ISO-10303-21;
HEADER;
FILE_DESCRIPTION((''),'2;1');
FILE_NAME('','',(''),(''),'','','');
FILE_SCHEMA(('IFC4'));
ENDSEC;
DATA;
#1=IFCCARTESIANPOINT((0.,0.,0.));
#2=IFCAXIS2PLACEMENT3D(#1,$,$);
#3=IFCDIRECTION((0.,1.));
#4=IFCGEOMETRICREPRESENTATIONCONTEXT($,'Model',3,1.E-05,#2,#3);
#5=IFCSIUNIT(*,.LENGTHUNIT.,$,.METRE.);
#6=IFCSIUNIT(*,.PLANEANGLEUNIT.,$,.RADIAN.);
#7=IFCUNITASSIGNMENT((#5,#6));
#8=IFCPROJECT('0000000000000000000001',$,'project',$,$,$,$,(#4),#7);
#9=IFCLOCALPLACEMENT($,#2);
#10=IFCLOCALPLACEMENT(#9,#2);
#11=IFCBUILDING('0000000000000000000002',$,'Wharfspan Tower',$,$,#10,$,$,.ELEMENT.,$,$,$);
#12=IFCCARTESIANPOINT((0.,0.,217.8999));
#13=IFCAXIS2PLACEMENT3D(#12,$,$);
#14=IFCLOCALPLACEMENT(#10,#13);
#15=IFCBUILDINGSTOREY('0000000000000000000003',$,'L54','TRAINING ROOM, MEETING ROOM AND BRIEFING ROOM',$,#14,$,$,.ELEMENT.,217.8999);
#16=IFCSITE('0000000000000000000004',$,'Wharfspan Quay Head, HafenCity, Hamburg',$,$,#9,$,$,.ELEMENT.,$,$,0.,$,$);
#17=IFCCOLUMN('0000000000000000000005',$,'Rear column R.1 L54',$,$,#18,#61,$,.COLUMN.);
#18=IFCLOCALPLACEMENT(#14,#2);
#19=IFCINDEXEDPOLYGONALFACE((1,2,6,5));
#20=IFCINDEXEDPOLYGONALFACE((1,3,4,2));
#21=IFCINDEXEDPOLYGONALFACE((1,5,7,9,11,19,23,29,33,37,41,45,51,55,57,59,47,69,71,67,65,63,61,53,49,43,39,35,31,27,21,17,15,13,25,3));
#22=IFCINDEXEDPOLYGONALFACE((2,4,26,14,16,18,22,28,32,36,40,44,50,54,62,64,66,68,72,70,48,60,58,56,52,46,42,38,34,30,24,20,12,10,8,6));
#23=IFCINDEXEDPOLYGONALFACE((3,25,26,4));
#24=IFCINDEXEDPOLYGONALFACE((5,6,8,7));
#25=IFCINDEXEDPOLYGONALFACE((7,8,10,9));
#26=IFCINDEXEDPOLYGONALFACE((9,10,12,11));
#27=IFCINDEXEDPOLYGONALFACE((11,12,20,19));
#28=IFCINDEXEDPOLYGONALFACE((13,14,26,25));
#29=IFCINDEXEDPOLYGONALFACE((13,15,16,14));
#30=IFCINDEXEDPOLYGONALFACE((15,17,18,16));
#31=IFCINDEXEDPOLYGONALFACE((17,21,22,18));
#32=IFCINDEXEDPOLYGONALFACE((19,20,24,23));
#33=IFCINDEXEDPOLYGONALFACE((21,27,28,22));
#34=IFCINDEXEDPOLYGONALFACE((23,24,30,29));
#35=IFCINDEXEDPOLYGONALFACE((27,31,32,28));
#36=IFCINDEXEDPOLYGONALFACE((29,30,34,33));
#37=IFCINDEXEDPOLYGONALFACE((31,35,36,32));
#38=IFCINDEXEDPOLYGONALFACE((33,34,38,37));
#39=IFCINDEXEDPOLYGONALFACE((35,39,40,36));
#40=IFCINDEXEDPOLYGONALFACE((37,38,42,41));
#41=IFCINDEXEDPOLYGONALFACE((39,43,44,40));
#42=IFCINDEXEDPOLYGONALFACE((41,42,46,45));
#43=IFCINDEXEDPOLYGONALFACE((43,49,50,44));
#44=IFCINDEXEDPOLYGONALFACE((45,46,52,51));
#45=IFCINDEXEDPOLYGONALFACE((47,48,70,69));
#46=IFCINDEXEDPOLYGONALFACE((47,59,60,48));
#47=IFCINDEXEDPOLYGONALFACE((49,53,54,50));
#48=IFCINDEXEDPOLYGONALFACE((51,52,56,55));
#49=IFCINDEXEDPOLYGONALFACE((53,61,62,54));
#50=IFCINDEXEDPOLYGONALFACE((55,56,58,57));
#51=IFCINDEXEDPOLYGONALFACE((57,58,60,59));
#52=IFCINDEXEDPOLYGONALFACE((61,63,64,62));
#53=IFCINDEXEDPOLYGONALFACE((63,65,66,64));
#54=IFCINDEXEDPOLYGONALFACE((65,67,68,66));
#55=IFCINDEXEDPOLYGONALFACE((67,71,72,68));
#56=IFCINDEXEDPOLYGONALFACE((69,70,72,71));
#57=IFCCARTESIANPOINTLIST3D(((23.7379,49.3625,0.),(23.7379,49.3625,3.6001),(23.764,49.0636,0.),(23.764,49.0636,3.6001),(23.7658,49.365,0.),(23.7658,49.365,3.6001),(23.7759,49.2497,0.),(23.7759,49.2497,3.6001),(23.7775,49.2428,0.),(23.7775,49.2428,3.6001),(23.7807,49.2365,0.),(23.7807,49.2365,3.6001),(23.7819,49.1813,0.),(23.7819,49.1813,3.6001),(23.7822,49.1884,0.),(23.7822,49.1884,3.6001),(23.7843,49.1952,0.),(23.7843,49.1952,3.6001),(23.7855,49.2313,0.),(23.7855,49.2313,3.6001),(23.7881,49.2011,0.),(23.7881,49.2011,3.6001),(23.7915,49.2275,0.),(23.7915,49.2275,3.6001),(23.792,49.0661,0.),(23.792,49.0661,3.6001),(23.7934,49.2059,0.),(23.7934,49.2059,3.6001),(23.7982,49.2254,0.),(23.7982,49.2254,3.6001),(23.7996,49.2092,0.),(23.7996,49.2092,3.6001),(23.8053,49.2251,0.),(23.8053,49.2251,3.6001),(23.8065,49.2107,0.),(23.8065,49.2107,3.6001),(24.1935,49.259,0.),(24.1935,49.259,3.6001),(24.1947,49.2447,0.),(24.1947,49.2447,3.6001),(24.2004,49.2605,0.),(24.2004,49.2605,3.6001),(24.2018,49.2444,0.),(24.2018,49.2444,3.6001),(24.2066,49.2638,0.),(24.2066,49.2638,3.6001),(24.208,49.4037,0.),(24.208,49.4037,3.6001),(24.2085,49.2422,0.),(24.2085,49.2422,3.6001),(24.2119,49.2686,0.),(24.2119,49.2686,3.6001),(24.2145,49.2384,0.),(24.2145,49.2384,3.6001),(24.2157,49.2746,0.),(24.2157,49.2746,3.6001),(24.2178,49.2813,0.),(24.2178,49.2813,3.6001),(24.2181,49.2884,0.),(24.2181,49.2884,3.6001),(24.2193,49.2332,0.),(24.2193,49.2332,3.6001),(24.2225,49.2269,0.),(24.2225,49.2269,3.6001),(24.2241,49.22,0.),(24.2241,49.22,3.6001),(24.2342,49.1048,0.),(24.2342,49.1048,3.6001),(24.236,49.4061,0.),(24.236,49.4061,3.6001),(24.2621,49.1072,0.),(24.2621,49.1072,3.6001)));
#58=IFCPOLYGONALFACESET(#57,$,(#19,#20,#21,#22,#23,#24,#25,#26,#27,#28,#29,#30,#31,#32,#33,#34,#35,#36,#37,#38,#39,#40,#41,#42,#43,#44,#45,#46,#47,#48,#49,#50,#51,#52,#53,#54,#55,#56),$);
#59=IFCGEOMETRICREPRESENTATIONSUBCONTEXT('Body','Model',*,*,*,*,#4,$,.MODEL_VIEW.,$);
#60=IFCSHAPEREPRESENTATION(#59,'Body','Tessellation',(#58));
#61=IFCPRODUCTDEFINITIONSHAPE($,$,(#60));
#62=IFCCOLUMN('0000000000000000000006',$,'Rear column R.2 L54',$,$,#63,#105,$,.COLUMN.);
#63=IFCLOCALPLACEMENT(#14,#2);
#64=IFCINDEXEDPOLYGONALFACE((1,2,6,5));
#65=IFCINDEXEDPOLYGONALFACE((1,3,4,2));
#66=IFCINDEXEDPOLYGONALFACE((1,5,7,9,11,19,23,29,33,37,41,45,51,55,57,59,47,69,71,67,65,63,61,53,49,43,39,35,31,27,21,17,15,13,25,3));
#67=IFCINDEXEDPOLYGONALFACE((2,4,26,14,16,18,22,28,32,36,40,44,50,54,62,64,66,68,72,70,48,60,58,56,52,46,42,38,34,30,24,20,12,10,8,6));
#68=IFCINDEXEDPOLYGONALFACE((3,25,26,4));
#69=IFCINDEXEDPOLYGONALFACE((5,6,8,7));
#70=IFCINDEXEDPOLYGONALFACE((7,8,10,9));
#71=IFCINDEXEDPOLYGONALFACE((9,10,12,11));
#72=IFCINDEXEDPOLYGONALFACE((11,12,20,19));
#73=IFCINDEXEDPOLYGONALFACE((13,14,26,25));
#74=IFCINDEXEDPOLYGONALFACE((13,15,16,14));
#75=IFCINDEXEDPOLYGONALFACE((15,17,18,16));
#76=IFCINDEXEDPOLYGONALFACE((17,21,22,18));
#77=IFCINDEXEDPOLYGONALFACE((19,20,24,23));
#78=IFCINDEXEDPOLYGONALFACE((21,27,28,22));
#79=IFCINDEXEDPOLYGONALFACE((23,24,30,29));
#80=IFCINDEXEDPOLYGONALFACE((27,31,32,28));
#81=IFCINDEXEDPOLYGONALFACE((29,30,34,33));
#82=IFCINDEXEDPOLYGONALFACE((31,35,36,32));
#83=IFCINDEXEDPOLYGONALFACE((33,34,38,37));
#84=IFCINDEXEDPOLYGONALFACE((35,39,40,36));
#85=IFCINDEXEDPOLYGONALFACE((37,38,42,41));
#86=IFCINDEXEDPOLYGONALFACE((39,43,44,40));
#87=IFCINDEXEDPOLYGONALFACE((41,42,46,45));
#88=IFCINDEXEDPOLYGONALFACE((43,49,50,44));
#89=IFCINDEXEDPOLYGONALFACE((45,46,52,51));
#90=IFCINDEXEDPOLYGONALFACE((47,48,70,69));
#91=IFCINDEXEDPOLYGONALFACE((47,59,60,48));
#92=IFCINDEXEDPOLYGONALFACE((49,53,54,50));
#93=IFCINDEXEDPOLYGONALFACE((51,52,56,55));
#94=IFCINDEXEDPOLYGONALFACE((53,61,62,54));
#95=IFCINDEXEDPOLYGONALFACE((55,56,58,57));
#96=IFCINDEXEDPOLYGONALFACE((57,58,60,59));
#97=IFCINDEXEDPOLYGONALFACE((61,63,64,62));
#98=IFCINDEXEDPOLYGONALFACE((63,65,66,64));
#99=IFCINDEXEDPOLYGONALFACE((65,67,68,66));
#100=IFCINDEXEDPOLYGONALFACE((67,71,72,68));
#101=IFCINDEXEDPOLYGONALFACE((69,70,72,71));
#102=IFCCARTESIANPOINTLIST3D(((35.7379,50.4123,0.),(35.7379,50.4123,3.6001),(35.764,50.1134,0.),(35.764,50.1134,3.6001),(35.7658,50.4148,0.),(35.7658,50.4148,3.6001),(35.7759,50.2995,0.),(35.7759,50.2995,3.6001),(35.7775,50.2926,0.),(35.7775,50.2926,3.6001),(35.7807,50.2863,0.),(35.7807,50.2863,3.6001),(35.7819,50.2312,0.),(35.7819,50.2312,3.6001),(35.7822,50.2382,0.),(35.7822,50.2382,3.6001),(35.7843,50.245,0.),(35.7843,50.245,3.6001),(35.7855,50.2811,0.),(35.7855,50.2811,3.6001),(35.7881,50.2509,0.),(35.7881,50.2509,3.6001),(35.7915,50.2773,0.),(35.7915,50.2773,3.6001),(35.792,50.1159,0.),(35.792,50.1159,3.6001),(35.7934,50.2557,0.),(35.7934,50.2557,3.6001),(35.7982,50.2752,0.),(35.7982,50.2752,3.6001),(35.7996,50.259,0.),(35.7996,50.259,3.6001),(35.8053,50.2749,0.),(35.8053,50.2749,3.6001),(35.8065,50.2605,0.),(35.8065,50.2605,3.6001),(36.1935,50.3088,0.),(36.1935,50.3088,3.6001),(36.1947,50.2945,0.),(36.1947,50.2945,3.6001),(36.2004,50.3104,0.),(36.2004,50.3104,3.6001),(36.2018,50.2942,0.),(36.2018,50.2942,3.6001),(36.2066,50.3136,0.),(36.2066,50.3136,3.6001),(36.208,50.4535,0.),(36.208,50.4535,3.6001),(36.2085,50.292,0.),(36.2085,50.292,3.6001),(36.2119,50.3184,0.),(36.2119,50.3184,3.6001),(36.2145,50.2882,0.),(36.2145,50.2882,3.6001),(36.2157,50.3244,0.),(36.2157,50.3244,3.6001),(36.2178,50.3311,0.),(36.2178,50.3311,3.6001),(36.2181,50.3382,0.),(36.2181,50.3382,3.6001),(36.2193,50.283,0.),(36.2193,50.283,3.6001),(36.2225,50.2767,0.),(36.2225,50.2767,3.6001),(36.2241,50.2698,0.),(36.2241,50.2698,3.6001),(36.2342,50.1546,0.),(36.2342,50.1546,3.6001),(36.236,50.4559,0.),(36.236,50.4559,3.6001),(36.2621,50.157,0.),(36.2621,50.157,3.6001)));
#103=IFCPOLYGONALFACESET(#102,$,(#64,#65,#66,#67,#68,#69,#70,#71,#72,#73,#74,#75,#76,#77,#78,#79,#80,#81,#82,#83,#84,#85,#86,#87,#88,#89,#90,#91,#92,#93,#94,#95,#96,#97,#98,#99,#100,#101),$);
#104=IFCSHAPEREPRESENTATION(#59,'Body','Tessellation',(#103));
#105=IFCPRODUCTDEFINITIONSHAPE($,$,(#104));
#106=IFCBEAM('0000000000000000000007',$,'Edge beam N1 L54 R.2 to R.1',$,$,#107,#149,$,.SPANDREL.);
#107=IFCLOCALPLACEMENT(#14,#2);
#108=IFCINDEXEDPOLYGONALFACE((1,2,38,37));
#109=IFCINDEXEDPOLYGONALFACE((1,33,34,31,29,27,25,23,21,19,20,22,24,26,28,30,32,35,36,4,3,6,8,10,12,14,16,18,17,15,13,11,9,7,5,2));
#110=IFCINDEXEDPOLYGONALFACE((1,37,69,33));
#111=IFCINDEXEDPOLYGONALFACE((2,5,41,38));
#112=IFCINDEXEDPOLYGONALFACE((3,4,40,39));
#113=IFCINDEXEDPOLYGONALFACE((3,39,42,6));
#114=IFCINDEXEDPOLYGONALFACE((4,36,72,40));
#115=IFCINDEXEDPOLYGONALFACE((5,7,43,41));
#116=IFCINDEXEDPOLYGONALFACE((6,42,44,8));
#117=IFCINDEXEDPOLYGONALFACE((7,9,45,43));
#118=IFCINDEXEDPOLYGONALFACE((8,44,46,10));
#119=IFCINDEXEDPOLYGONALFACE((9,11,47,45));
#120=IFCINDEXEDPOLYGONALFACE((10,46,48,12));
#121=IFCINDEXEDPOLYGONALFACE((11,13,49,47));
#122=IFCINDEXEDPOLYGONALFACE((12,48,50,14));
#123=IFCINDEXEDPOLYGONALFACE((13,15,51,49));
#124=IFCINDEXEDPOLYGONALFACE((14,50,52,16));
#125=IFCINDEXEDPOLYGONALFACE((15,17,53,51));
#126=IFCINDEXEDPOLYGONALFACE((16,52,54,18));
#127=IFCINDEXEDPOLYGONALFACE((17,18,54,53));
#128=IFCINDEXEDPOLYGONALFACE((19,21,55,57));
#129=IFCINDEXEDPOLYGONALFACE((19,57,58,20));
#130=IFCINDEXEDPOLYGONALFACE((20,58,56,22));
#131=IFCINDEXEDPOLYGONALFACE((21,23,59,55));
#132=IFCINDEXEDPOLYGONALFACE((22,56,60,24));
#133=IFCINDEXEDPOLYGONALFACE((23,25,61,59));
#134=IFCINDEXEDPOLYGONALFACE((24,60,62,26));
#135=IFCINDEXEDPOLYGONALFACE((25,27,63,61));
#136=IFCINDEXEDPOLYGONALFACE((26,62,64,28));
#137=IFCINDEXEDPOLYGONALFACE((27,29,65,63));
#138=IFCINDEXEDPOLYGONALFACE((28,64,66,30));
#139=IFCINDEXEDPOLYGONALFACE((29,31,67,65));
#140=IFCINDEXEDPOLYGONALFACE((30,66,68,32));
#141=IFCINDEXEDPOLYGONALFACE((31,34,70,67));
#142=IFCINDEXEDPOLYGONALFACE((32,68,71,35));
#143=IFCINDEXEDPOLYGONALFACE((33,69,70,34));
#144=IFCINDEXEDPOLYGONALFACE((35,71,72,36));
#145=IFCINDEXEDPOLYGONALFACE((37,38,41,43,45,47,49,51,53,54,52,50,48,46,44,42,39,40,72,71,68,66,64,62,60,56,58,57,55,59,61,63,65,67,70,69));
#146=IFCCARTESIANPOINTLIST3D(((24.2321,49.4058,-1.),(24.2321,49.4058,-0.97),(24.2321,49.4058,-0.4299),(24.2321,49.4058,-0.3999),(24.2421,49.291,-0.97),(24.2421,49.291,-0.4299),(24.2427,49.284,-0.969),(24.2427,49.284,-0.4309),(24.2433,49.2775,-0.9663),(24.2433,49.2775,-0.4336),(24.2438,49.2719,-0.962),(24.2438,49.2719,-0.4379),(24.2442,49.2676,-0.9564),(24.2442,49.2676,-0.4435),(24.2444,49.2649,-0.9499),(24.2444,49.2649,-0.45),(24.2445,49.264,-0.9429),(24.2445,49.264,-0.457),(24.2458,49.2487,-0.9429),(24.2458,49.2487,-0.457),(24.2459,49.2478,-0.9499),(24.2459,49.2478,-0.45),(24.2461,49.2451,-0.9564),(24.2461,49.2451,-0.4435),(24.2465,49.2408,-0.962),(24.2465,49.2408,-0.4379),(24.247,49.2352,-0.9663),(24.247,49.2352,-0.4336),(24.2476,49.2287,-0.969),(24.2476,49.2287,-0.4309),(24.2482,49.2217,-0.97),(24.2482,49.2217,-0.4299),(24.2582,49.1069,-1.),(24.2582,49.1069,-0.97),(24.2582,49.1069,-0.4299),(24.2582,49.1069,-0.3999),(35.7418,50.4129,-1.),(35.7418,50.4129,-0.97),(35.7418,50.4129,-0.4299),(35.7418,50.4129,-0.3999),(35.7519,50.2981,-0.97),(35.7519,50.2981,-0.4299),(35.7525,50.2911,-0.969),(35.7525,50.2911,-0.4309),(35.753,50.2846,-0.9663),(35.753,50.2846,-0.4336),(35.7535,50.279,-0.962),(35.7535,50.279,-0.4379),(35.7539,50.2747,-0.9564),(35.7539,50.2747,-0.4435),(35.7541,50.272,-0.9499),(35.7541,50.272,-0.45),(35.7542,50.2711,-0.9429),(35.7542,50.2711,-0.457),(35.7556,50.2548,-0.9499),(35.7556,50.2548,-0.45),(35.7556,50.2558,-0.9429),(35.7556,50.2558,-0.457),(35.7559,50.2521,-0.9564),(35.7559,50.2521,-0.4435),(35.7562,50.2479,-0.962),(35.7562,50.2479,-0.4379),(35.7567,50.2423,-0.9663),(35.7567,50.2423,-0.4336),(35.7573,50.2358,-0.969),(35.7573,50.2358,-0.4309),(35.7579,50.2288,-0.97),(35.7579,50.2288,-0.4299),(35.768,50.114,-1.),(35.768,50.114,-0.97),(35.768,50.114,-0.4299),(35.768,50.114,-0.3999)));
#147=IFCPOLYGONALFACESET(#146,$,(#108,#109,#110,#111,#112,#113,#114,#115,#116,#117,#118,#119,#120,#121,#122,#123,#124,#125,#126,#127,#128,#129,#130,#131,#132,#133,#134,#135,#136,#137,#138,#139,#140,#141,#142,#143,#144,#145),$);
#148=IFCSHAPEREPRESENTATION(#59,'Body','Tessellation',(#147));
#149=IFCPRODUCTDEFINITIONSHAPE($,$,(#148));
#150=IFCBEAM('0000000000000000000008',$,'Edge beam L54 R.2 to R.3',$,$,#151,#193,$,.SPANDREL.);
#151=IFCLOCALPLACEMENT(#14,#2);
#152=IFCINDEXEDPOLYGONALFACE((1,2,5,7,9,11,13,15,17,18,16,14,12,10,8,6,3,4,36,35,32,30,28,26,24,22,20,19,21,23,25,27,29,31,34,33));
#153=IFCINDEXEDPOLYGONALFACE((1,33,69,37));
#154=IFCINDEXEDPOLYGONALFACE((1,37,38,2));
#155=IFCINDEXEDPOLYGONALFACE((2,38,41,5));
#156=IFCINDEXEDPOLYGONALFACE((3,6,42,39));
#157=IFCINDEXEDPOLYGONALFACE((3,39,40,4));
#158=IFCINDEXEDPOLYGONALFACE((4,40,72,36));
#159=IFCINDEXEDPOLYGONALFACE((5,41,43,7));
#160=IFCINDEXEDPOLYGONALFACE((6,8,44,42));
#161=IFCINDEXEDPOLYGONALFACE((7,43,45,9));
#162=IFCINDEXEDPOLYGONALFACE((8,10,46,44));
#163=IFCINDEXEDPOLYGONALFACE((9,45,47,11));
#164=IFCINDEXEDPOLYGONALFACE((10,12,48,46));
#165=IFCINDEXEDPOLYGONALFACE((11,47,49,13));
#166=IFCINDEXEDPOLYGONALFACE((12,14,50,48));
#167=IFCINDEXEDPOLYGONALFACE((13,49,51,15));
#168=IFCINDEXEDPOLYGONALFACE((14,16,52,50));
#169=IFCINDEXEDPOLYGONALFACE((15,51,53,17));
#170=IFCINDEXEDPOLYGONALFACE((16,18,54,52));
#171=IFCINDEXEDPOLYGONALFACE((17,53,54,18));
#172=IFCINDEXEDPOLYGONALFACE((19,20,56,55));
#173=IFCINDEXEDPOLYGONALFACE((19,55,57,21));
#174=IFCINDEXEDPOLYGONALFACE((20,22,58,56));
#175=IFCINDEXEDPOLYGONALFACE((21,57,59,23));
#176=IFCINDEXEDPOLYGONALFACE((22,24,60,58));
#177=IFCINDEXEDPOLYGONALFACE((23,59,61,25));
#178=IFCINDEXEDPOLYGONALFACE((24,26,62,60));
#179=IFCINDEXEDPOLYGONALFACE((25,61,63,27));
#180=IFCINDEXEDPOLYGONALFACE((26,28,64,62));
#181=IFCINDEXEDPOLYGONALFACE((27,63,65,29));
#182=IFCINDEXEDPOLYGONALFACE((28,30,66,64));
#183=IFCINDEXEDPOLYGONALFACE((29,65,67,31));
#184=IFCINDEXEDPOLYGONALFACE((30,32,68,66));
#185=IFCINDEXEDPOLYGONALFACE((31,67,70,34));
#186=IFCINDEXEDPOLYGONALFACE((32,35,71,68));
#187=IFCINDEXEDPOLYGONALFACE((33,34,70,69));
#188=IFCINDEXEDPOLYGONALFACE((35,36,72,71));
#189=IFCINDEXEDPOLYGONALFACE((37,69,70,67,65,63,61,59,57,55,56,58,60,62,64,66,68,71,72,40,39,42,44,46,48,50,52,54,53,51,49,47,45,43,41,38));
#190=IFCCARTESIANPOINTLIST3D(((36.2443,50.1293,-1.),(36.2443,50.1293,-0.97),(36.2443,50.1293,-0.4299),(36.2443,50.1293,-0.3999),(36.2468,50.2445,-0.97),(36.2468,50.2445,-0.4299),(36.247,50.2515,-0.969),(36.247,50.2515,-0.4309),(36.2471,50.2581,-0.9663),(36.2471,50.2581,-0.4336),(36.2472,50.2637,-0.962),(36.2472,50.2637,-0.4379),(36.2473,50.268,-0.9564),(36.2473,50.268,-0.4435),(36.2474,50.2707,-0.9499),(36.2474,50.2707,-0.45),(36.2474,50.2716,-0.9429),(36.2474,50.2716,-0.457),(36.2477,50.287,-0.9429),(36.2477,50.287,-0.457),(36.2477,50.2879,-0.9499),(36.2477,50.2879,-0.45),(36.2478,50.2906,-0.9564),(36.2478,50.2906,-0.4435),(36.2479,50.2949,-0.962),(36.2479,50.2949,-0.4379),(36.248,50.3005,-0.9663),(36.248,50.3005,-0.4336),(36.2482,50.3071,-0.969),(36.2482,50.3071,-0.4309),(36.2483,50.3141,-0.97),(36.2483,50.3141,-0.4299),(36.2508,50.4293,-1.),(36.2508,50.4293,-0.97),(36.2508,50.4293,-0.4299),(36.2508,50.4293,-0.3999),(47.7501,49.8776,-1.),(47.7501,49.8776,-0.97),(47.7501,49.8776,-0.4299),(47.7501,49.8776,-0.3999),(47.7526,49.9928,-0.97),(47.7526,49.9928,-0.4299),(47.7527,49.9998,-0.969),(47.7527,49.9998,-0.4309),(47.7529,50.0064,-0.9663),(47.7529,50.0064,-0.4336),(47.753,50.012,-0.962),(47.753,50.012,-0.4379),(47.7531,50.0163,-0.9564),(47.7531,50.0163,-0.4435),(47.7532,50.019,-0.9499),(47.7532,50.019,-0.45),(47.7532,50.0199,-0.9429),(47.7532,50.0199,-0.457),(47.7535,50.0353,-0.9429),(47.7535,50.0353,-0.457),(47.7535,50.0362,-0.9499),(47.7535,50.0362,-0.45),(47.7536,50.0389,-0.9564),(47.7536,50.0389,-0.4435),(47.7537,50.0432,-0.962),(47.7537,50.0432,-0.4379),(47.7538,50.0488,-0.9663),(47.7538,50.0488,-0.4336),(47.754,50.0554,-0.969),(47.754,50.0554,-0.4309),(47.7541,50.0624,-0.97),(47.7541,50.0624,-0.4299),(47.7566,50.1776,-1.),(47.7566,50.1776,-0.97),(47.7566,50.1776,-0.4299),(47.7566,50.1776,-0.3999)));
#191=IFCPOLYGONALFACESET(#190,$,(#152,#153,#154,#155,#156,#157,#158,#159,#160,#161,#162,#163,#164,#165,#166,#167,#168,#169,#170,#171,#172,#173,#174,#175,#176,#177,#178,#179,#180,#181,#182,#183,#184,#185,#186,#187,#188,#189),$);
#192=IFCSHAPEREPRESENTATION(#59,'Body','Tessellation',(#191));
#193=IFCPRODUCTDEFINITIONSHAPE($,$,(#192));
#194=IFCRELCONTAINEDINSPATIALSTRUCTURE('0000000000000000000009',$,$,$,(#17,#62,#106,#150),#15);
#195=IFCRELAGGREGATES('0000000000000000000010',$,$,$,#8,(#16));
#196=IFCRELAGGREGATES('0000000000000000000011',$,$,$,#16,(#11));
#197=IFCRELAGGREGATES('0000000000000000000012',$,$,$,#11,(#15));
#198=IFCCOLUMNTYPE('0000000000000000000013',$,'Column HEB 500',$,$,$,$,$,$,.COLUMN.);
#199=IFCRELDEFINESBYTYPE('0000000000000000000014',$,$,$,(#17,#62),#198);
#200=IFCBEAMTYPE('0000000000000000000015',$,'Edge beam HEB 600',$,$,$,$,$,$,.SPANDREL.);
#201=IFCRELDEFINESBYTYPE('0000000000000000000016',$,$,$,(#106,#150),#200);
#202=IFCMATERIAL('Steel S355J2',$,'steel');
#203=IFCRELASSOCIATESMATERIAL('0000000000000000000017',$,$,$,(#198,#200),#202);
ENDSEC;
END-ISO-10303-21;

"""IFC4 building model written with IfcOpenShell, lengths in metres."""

from ifc_helpers import new_model, si_unit, direction, frame, origin, origin_2d, place, context, subcontext, project, spatial, i_section, extrude, material, material_profile, profile_set, type_object, element, save


model = new_model("IFC4")

# Units and contexts
model_context = context("Model", 3, precision=1e-05, world=origin(), true_north=direction((0.0, 1.0)))
body_context = subcontext(model_context, "Body", "Model", "MODEL_VIEW")
ifc_project = project(units=[si_unit("LENGTHUNIT", "METRE"), si_unit("PLANEANGLEUNIT", "RADIAN")], contexts=[model_context])

# Site, building, storey
site_placement = place(None, origin())
site = spatial("IfcSite", under=ifc_project, at=site_placement, Name="Wharfspan Quay Head, HafenCity, Hamburg", CompositionType="ELEMENT", RefElevation=0.0)
building_placement = place(site_placement, origin())
building = spatial("IfcBuilding", under=site, at=building_placement, Name="Wharfspan Tower", CompositionType="ELEMENT")
storey_placement = place(building_placement, frame((0.0, 0.0, 217.8999)))
storey = spatial("IfcBuildingStorey", under=building, at=storey_placement, Name="L54", Description="TRAINING ROOM, MEETING ROOM AND BRIEFING ROOM", CompositionType="ELEMENT", Elevation=217.8999)

# Columns
ifc_material_1 = material(Name="Steel S355J2", Category="steel")
ifc_material_profile_1 = material_profile(ifc_material_1, i_section(OverallWidth=0.3, OverallDepth=0.5, WebThickness=0.0144, FlangeThickness=0.0281, FilletRadius=0.0271, at=origin_2d()))
ifc_profile_set_1 = profile_set([ifc_material_profile_1], Name="Steel S355J2")
column_type = type_object("IfcColumnType", Name="Column HEB 500", PredefinedType="COLUMN", material=ifc_profile_set_1)
for number, where, z_axis, x_axis, name in (
    (1, (24.0, 49.2349, 0.0), (0.0, 0.0, 1.0), (-0.087156, 0.996197, 0.0), "Rear column R.1 L54"),
    (2, (36.0, 50.2847, 0.0), (0.0, 0.0, 1.0), (-0.087156, 0.996197, 0.0), "Rear column R.2 L54"),
):
    element("IfcColumn", number, at=place(storey_placement, frame(where, z_axis=z_axis, x_axis=x_axis)), inside=storey, type_object=column_type, Name=name, PredefinedType="COLUMN", context=body_context, shape_type="SweptSolid", body=[
        extrude(i_section(OverallWidth=0.3, OverallDepth=0.5, WebThickness=0.0144, FlangeThickness=0.0281, FilletRadius=0.0271, at=origin_2d()), origin(), (0.0, 0.0, 1.0), 3.6001),
    ])

# Beams
ifc_material_profile_2 = material_profile(ifc_material_1, i_section(OverallWidth=0.3, OverallDepth=0.6001, WebThickness=0.0154, FlangeThickness=0.03, FilletRadius=0.0271, at=origin_2d()))
ifc_profile_set_2 = profile_set([ifc_material_profile_2], Name="Steel S355J2")
beam_type = type_object("IfcBeamType", Name="Edge beam HEB 600", PredefinedType="SPANDREL", material=ifc_profile_set_2)
beam_1_placement = place(storey_placement, frame((35.7549, 50.2634, -0.7), z_axis=(-0.996194, -0.087165, 0.0), x_axis=(0.087165, -0.996194, 0.0)))
element("IfcBeam", 3, at=beam_1_placement, inside=storey, type_object=beam_type, Name="Edge beam N1 L54 R.2 to R.1", PredefinedType="SPANDREL", context=body_context, shape_type="SweptSolid", body=[
    extrude(i_section(OverallWidth=0.3, OverallDepth=0.6001, WebThickness=0.0154, FlangeThickness=0.03, FilletRadius=0.0271, at=origin_2d()), origin(), (0.0, 0.0, 1.0), 11.5537),
])
beam_2_placement = place(storey_placement, frame((36.2476, 50.2793, -0.7), z_axis=(0.999761, -0.021871, 0.0), x_axis=(0.021871, 0.999761, 0.0)))
element("IfcBeam", 4, at=beam_2_placement, inside=storey, type_object=beam_type, Name="Edge beam L54 R.2 to R.3", PredefinedType="SPANDREL", context=body_context, shape_type="SweptSolid", body=[
    extrude(i_section(OverallWidth=0.3, OverallDepth=0.6001, WebThickness=0.0154, FlangeThickness=0.03, FilletRadius=0.0271, at=origin_2d()), origin(), (0.0, 0.0, 1.0), 11.5085),
])

save(model, "model.ifc")
